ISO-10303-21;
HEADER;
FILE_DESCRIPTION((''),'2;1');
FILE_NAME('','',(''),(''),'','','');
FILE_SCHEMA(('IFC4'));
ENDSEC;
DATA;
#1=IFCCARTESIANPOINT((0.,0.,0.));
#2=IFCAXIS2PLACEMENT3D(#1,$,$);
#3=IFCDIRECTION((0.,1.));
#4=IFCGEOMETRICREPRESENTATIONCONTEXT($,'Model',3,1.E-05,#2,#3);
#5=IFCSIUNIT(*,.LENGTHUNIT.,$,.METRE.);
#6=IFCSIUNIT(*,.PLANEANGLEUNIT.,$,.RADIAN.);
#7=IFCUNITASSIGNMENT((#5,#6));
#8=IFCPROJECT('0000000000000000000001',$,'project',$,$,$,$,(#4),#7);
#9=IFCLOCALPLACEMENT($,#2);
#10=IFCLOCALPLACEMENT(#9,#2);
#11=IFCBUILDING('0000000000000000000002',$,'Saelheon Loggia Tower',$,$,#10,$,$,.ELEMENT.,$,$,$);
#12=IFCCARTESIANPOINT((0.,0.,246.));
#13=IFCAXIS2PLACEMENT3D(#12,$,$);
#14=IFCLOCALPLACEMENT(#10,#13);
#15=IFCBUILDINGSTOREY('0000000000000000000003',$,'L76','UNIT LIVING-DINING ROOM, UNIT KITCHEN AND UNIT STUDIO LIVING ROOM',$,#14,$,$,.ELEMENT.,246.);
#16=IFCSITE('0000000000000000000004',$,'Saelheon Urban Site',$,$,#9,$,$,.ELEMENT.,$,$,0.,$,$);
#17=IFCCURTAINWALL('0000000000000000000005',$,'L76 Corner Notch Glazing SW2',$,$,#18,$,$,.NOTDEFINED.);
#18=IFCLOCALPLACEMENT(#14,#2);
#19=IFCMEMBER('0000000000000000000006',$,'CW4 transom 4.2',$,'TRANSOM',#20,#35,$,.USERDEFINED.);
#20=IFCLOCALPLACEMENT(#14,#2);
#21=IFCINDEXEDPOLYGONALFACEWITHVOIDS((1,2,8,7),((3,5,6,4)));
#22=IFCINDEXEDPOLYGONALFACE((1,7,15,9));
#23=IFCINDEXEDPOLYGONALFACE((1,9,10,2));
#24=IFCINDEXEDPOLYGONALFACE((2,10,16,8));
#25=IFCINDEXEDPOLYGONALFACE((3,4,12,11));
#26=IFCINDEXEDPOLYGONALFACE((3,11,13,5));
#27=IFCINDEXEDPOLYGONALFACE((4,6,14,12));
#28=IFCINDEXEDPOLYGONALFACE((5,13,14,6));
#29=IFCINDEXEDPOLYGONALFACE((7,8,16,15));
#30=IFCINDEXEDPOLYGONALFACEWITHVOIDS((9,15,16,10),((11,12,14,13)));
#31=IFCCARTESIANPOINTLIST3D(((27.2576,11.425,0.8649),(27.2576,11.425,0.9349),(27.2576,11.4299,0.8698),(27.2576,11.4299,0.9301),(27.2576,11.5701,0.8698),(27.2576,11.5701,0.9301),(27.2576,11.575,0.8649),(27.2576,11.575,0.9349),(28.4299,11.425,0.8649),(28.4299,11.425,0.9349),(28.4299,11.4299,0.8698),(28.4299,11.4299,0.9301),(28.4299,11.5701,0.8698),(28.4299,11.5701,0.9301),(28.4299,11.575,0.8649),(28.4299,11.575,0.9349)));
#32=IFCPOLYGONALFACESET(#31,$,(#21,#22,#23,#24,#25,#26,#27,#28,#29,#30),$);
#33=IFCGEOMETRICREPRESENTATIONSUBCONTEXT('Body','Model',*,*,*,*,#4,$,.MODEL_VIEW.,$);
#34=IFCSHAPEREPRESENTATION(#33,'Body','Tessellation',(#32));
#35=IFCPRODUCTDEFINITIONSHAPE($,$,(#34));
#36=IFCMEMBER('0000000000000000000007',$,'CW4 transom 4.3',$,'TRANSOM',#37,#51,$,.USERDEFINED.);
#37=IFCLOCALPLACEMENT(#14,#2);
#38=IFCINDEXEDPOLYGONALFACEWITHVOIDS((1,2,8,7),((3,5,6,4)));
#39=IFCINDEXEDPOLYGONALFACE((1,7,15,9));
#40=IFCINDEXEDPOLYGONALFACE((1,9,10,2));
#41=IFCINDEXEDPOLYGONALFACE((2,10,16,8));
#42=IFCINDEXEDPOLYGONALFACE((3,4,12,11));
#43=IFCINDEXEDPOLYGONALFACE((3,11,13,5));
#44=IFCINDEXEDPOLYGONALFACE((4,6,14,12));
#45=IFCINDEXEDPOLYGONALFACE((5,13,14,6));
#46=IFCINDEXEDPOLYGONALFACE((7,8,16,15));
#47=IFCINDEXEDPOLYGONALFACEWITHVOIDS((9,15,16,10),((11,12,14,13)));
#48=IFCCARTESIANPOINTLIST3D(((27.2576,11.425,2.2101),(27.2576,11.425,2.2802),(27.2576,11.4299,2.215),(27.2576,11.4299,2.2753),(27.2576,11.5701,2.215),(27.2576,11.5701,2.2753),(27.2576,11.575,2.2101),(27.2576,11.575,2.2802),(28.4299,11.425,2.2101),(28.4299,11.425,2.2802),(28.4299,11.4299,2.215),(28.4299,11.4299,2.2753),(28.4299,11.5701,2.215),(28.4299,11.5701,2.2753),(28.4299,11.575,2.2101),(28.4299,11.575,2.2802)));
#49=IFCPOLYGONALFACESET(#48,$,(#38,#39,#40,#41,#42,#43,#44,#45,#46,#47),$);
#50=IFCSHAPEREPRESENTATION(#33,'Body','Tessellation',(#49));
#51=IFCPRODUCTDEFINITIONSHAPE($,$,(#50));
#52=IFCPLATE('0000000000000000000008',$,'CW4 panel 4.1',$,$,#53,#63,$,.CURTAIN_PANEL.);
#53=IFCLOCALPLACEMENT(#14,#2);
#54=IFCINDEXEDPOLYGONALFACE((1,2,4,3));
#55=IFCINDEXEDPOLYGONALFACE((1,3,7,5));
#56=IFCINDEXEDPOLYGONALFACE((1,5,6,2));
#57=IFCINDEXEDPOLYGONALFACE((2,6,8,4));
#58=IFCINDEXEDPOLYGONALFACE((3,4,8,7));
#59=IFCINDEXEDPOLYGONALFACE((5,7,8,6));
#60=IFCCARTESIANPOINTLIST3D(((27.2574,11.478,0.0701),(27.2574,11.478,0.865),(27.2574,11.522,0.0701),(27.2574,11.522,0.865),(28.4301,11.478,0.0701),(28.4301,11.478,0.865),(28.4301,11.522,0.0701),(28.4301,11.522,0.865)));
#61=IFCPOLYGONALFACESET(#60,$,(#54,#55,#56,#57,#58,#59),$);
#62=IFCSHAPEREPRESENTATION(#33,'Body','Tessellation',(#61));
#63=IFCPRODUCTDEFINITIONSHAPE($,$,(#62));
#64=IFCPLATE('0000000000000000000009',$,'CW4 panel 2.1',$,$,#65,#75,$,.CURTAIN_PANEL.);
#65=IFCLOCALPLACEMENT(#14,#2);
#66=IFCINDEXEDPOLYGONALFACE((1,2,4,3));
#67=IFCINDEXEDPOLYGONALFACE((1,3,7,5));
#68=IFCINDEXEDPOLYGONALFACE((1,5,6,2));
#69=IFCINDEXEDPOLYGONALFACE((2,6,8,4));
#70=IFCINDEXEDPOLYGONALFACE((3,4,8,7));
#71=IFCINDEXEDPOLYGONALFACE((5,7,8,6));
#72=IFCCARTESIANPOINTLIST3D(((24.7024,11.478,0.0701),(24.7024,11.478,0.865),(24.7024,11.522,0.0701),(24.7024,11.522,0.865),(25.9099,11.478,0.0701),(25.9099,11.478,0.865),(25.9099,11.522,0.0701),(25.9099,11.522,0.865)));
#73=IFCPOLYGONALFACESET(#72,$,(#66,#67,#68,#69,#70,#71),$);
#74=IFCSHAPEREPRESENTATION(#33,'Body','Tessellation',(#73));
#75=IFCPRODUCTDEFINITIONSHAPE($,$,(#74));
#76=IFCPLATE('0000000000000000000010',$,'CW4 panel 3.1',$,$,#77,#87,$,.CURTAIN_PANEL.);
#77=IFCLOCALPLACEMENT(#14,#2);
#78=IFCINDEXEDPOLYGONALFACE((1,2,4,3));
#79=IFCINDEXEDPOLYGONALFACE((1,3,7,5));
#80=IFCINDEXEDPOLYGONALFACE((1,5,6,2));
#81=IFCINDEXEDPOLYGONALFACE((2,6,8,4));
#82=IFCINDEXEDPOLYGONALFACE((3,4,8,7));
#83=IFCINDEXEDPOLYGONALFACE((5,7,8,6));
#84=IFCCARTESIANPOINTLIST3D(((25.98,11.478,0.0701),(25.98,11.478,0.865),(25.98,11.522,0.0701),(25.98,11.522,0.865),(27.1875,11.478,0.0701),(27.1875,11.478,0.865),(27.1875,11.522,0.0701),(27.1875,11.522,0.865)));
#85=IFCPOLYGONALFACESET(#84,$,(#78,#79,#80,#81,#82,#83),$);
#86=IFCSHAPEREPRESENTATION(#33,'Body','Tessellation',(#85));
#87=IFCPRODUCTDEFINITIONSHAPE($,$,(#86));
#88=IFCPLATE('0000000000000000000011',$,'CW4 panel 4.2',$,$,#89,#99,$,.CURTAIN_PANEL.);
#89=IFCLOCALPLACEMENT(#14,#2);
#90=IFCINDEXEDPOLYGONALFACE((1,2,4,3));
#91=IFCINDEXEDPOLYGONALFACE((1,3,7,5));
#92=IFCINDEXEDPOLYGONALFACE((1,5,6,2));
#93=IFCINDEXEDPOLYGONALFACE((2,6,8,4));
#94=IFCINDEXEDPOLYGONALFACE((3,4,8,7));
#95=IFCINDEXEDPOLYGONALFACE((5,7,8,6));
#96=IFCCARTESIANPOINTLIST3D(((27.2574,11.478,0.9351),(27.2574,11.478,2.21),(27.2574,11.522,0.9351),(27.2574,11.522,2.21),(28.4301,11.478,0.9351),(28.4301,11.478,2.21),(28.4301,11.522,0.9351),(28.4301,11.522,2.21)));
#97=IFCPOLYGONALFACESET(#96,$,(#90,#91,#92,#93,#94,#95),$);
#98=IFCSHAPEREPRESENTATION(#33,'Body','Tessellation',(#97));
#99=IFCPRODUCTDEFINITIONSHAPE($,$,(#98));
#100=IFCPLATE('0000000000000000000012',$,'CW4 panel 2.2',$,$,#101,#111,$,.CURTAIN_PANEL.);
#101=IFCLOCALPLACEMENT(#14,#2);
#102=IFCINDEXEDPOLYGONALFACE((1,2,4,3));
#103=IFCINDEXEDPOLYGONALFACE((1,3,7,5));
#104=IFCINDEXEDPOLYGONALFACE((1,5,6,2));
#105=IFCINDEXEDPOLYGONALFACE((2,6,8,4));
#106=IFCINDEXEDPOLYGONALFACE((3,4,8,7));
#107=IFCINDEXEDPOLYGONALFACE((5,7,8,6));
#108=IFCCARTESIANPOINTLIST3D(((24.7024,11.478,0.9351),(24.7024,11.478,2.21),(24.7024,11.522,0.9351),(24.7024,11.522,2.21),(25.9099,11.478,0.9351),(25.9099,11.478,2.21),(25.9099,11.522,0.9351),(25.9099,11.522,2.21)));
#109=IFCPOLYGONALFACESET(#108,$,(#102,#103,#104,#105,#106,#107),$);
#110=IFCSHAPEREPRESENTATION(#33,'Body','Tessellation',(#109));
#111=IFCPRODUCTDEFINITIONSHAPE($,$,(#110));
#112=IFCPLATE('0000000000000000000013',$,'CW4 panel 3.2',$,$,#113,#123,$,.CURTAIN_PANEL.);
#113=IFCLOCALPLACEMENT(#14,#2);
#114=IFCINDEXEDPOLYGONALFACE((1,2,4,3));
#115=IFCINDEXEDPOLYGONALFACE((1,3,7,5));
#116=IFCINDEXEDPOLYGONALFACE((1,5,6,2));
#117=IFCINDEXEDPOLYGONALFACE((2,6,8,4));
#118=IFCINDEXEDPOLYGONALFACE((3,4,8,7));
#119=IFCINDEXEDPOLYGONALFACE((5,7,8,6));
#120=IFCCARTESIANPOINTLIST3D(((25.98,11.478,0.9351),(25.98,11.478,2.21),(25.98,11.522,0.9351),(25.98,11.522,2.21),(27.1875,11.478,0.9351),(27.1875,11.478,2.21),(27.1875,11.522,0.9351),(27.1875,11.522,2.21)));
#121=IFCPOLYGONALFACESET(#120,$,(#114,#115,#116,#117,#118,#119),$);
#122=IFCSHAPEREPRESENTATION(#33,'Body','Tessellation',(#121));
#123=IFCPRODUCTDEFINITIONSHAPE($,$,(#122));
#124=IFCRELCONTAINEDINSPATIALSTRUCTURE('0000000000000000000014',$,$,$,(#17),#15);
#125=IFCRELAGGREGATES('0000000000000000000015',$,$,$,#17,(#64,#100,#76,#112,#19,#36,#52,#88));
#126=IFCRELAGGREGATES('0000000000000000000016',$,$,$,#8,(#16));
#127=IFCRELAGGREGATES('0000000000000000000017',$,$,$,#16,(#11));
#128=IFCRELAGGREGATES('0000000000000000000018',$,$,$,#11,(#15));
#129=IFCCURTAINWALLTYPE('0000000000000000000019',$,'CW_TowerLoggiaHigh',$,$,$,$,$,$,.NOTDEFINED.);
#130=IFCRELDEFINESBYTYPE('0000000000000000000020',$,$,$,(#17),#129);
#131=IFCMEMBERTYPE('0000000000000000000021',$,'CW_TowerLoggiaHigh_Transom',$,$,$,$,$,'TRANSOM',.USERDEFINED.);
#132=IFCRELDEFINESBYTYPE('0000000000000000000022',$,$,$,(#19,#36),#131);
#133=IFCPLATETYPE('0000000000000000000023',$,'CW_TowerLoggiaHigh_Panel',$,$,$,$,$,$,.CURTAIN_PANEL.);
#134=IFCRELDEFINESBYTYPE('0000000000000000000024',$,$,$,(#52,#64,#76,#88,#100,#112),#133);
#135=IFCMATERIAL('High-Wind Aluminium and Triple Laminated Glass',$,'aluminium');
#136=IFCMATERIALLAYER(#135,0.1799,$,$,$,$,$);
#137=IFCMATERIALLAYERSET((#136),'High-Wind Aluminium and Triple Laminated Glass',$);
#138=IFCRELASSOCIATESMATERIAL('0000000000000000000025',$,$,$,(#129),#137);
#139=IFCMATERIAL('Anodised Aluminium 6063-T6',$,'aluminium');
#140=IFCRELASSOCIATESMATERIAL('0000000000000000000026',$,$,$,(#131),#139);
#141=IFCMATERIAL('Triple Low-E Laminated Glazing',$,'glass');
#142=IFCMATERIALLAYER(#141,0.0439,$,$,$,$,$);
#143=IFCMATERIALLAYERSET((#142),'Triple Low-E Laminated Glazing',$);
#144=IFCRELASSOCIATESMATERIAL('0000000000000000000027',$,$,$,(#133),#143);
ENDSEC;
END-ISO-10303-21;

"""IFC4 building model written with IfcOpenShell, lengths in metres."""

from ifc_helpers import new_model, si_unit, direction, frame, origin, origin_2d, place, context, subcontext, project, spatial, rectangle, hollow_rectangle, extrude, source, transform, mapped, material, layer, layer_set, material_profile, profile_set, type_object, element, aggregate, save


model = new_model("IFC4")

# Units and contexts
model_context = context("Model", 3, precision=1e-05, world=origin(), true_north=direction((0.0, 1.0)))
body_context = subcontext(model_context, "Body", "Model", "MODEL_VIEW")
ifc_project = project(units=[si_unit("LENGTHUNIT", "METRE"), si_unit("PLANEANGLEUNIT", "RADIAN")], contexts=[model_context])

# Site, building, storey
site_placement = place(None, origin())
site = spatial("IfcSite", under=ifc_project, at=site_placement, Name="Saelheon Urban Site", CompositionType="ELEMENT", RefElevation=0.0)
building_placement = place(site_placement, origin())
building = spatial("IfcBuilding", under=site, at=building_placement, Name="Saelheon Loggia Tower", CompositionType="ELEMENT")
storey_placement = place(building_placement, frame((0.0, 0.0, 246.0)))
storey = spatial("IfcBuildingStorey", under=building, at=storey_placement, Name="L76", Description="UNIT LIVING-DINING ROOM, UNIT KITCHEN AND UNIT STUDIO LIVING ROOM", CompositionType="ELEMENT", Elevation=246.0)

# Curtain wall, members, plates
ifc_material_1 = material(Name="High-Wind Aluminium and Triple Laminated Glass", Category="aluminium")
ifc_layer_1 = layer(ifc_material_1, 0.1799)
ifc_layer_set_1 = layer_set([ifc_layer_1], Name="High-Wind Aluminium and Triple Laminated Glass")
curtain_wall_type = type_object("IfcCurtainWallType", Name="CW_TowerLoggiaHigh", PredefinedType="NOTDEFINED", material=ifc_layer_set_1)
curtain_wall_placement = place(storey_placement, origin())
curtain_wall = element("IfcCurtainWall", 1, at=curtain_wall_placement, inside=storey, type_object=curtain_wall_type, Name="L76 Corner Notch Glazing SW2", PredefinedType="NOTDEFINED")
ifc_material_2 = material(Name="Anodised Aluminium 6063-T6", Category="aluminium")
ifc_material_profile_1 = material_profile(ifc_material_2, hollow_rectangle(XDim=0.0701, YDim=0.1499, WallThickness=0.0049, at=origin_2d()), Name="RHS-150x70x5")
ifc_profile_set_1 = profile_set([ifc_material_profile_1], Name="Anodised Aluminium 6063-T6")
member_type_1 = type_object("IfcMemberType", Name="CW_TowerLoggiaHigh_Transom", ElementType="TRANSOM", PredefinedType="USERDEFINED", material=ifc_profile_set_1)
shared_shape_1 = source(origin(), body_context, "Body", "SweptSolid", [
    extrude(hollow_rectangle(XDim=0.0701, YDim=0.1499, WallThickness=0.0049, at=origin_2d()), origin(), (0.0, 0.0, 1.0), 1.1724),
])
member_1_placement = place(storey_placement, frame((27.2576, 11.5, 0.8999), z_axis=(1.0, 0.0, 0.0), x_axis=(0.0, 0.0, 1.0)))
member_1 = element("IfcMember", 2, at=member_1_placement, type_object=member_type_1, Name="CW4 transom 4.2", ObjectType="TRANSOM", PredefinedType="USERDEFINED", context=body_context, shape_type="MappedRepresentation", body=[
    mapped(shared_shape_1, transform((0.0, 0.0, 0.0), scale=1.0)),
])
member_2_placement = place(storey_placement, frame((27.2576, 11.5, 2.2451), z_axis=(1.0, 0.0, 0.0), x_axis=(0.0, 0.0, 1.0)))
member_2 = element("IfcMember", 3, at=member_2_placement, type_object=member_type_1, Name="CW4 transom 4.3", ObjectType="TRANSOM", PredefinedType="USERDEFINED", context=body_context, shape_type="MappedRepresentation", body=[
    mapped(shared_shape_1, transform((0.0, 0.0, 0.0), scale=1.0)),
])
ifc_material_3 = material(Name="Triple Low-E Laminated Glazing", Category="glass")
ifc_layer_2 = layer(ifc_material_3, 0.0439)
ifc_layer_set_2 = layer_set([ifc_layer_2], Name="Triple Low-E Laminated Glazing")
plate_type = type_object("IfcPlateType", Name="CW_TowerLoggiaHigh_Panel", PredefinedType="CURTAIN_PANEL", material=ifc_layer_set_2)
shared_shape_2 = source(origin(), body_context, "Body", "SweptSolid", [
    extrude(rectangle(XDim=1.1726, YDim=0.0439, at=origin_2d()), origin(), (0.0, 0.0, 1.0), 0.7949),
])
plate_1_placement = place(storey_placement, frame((27.8438, 11.5, 0.0701), z_axis=(0.0, 0.0, 1.0), x_axis=(1.0, 0.0, 0.0)))
plate_1 = element("IfcPlate", 4, at=plate_1_placement, type_object=plate_type, Name="CW4 panel 4.1", PredefinedType="CURTAIN_PANEL", context=body_context, shape_type="MappedRepresentation", body=[
    mapped(shared_shape_2, transform((0.0, 0.0, 0.0), scale=1.0)),
])
shared_shape_3 = source(origin(), body_context, "Body", "SweptSolid", [
    extrude(rectangle(XDim=1.2075, YDim=0.0439, at=origin_2d()), origin(), (0.0, 0.0, 1.0), 0.7949),
])
plate_2_placement = place(storey_placement, frame((25.3062, 11.5, 0.0701), z_axis=(0.0, 0.0, 1.0), x_axis=(1.0, 0.0, 0.0)))
plate_2 = element("IfcPlate", 5, at=plate_2_placement, type_object=plate_type, Name="CW4 panel 2.1", PredefinedType="CURTAIN_PANEL", context=body_context, shape_type="MappedRepresentation", body=[
    mapped(shared_shape_3, transform((0.0, 0.0, 0.0), scale=1.0)),
])
plate_3_placement = place(storey_placement, frame((26.5837, 11.5, 0.0701), z_axis=(0.0, 0.0, 1.0), x_axis=(1.0, 0.0, 0.0)))
plate_3 = element("IfcPlate", 6, at=plate_3_placement, type_object=plate_type, Name="CW4 panel 3.1", PredefinedType="CURTAIN_PANEL", context=body_context, shape_type="MappedRepresentation", body=[
    mapped(shared_shape_3, transform((0.0, 0.0, 0.0), scale=1.0)),
])
shared_shape_4 = source(origin(), body_context, "Body", "SweptSolid", [
    extrude(rectangle(XDim=1.1726, YDim=0.0439, at=origin_2d()), origin(), (0.0, 0.0, 1.0), 1.2749),
])
plate_4_placement = place(storey_placement, frame((27.8438, 11.5, 0.9351), z_axis=(0.0, 0.0, 1.0), x_axis=(1.0, 0.0, 0.0)))
plate_4 = element("IfcPlate", 7, at=plate_4_placement, type_object=plate_type, Name="CW4 panel 4.2", PredefinedType="CURTAIN_PANEL", context=body_context, shape_type="MappedRepresentation", body=[
    mapped(shared_shape_4, transform((0.0, 0.0, 0.0), scale=1.0)),
])
shared_shape_5 = source(origin(), body_context, "Body", "SweptSolid", [
    extrude(rectangle(XDim=1.2075, YDim=0.0439, at=origin_2d()), origin(), (0.0, 0.0, 1.0), 1.2749),
])
plate_5_placement = place(storey_placement, frame((25.3062, 11.5, 0.9351), z_axis=(0.0, 0.0, 1.0), x_axis=(1.0, 0.0, 0.0)))
plate_5 = element("IfcPlate", 8, at=plate_5_placement, type_object=plate_type, Name="CW4 panel 2.2", PredefinedType="CURTAIN_PANEL", context=body_context, shape_type="MappedRepresentation", body=[
    mapped(shared_shape_5, transform((0.0, 0.0, 0.0), scale=1.0)),
])
plate_6_placement = place(storey_placement, frame((26.5837, 11.5, 0.9351), z_axis=(0.0, 0.0, 1.0), x_axis=(1.0, 0.0, 0.0)))
plate_6 = element("IfcPlate", 9, at=plate_6_placement, type_object=plate_type, Name="CW4 panel 3.2", PredefinedType="CURTAIN_PANEL", context=body_context, shape_type="MappedRepresentation", body=[
    mapped(shared_shape_5, transform((0.0, 0.0, 0.0), scale=1.0)),
])
aggregate(curtain_wall, [plate_2, plate_5, plate_3, plate_6, member_1, member_2, plate_1, plate_4])

save(model, "model.ifc")
